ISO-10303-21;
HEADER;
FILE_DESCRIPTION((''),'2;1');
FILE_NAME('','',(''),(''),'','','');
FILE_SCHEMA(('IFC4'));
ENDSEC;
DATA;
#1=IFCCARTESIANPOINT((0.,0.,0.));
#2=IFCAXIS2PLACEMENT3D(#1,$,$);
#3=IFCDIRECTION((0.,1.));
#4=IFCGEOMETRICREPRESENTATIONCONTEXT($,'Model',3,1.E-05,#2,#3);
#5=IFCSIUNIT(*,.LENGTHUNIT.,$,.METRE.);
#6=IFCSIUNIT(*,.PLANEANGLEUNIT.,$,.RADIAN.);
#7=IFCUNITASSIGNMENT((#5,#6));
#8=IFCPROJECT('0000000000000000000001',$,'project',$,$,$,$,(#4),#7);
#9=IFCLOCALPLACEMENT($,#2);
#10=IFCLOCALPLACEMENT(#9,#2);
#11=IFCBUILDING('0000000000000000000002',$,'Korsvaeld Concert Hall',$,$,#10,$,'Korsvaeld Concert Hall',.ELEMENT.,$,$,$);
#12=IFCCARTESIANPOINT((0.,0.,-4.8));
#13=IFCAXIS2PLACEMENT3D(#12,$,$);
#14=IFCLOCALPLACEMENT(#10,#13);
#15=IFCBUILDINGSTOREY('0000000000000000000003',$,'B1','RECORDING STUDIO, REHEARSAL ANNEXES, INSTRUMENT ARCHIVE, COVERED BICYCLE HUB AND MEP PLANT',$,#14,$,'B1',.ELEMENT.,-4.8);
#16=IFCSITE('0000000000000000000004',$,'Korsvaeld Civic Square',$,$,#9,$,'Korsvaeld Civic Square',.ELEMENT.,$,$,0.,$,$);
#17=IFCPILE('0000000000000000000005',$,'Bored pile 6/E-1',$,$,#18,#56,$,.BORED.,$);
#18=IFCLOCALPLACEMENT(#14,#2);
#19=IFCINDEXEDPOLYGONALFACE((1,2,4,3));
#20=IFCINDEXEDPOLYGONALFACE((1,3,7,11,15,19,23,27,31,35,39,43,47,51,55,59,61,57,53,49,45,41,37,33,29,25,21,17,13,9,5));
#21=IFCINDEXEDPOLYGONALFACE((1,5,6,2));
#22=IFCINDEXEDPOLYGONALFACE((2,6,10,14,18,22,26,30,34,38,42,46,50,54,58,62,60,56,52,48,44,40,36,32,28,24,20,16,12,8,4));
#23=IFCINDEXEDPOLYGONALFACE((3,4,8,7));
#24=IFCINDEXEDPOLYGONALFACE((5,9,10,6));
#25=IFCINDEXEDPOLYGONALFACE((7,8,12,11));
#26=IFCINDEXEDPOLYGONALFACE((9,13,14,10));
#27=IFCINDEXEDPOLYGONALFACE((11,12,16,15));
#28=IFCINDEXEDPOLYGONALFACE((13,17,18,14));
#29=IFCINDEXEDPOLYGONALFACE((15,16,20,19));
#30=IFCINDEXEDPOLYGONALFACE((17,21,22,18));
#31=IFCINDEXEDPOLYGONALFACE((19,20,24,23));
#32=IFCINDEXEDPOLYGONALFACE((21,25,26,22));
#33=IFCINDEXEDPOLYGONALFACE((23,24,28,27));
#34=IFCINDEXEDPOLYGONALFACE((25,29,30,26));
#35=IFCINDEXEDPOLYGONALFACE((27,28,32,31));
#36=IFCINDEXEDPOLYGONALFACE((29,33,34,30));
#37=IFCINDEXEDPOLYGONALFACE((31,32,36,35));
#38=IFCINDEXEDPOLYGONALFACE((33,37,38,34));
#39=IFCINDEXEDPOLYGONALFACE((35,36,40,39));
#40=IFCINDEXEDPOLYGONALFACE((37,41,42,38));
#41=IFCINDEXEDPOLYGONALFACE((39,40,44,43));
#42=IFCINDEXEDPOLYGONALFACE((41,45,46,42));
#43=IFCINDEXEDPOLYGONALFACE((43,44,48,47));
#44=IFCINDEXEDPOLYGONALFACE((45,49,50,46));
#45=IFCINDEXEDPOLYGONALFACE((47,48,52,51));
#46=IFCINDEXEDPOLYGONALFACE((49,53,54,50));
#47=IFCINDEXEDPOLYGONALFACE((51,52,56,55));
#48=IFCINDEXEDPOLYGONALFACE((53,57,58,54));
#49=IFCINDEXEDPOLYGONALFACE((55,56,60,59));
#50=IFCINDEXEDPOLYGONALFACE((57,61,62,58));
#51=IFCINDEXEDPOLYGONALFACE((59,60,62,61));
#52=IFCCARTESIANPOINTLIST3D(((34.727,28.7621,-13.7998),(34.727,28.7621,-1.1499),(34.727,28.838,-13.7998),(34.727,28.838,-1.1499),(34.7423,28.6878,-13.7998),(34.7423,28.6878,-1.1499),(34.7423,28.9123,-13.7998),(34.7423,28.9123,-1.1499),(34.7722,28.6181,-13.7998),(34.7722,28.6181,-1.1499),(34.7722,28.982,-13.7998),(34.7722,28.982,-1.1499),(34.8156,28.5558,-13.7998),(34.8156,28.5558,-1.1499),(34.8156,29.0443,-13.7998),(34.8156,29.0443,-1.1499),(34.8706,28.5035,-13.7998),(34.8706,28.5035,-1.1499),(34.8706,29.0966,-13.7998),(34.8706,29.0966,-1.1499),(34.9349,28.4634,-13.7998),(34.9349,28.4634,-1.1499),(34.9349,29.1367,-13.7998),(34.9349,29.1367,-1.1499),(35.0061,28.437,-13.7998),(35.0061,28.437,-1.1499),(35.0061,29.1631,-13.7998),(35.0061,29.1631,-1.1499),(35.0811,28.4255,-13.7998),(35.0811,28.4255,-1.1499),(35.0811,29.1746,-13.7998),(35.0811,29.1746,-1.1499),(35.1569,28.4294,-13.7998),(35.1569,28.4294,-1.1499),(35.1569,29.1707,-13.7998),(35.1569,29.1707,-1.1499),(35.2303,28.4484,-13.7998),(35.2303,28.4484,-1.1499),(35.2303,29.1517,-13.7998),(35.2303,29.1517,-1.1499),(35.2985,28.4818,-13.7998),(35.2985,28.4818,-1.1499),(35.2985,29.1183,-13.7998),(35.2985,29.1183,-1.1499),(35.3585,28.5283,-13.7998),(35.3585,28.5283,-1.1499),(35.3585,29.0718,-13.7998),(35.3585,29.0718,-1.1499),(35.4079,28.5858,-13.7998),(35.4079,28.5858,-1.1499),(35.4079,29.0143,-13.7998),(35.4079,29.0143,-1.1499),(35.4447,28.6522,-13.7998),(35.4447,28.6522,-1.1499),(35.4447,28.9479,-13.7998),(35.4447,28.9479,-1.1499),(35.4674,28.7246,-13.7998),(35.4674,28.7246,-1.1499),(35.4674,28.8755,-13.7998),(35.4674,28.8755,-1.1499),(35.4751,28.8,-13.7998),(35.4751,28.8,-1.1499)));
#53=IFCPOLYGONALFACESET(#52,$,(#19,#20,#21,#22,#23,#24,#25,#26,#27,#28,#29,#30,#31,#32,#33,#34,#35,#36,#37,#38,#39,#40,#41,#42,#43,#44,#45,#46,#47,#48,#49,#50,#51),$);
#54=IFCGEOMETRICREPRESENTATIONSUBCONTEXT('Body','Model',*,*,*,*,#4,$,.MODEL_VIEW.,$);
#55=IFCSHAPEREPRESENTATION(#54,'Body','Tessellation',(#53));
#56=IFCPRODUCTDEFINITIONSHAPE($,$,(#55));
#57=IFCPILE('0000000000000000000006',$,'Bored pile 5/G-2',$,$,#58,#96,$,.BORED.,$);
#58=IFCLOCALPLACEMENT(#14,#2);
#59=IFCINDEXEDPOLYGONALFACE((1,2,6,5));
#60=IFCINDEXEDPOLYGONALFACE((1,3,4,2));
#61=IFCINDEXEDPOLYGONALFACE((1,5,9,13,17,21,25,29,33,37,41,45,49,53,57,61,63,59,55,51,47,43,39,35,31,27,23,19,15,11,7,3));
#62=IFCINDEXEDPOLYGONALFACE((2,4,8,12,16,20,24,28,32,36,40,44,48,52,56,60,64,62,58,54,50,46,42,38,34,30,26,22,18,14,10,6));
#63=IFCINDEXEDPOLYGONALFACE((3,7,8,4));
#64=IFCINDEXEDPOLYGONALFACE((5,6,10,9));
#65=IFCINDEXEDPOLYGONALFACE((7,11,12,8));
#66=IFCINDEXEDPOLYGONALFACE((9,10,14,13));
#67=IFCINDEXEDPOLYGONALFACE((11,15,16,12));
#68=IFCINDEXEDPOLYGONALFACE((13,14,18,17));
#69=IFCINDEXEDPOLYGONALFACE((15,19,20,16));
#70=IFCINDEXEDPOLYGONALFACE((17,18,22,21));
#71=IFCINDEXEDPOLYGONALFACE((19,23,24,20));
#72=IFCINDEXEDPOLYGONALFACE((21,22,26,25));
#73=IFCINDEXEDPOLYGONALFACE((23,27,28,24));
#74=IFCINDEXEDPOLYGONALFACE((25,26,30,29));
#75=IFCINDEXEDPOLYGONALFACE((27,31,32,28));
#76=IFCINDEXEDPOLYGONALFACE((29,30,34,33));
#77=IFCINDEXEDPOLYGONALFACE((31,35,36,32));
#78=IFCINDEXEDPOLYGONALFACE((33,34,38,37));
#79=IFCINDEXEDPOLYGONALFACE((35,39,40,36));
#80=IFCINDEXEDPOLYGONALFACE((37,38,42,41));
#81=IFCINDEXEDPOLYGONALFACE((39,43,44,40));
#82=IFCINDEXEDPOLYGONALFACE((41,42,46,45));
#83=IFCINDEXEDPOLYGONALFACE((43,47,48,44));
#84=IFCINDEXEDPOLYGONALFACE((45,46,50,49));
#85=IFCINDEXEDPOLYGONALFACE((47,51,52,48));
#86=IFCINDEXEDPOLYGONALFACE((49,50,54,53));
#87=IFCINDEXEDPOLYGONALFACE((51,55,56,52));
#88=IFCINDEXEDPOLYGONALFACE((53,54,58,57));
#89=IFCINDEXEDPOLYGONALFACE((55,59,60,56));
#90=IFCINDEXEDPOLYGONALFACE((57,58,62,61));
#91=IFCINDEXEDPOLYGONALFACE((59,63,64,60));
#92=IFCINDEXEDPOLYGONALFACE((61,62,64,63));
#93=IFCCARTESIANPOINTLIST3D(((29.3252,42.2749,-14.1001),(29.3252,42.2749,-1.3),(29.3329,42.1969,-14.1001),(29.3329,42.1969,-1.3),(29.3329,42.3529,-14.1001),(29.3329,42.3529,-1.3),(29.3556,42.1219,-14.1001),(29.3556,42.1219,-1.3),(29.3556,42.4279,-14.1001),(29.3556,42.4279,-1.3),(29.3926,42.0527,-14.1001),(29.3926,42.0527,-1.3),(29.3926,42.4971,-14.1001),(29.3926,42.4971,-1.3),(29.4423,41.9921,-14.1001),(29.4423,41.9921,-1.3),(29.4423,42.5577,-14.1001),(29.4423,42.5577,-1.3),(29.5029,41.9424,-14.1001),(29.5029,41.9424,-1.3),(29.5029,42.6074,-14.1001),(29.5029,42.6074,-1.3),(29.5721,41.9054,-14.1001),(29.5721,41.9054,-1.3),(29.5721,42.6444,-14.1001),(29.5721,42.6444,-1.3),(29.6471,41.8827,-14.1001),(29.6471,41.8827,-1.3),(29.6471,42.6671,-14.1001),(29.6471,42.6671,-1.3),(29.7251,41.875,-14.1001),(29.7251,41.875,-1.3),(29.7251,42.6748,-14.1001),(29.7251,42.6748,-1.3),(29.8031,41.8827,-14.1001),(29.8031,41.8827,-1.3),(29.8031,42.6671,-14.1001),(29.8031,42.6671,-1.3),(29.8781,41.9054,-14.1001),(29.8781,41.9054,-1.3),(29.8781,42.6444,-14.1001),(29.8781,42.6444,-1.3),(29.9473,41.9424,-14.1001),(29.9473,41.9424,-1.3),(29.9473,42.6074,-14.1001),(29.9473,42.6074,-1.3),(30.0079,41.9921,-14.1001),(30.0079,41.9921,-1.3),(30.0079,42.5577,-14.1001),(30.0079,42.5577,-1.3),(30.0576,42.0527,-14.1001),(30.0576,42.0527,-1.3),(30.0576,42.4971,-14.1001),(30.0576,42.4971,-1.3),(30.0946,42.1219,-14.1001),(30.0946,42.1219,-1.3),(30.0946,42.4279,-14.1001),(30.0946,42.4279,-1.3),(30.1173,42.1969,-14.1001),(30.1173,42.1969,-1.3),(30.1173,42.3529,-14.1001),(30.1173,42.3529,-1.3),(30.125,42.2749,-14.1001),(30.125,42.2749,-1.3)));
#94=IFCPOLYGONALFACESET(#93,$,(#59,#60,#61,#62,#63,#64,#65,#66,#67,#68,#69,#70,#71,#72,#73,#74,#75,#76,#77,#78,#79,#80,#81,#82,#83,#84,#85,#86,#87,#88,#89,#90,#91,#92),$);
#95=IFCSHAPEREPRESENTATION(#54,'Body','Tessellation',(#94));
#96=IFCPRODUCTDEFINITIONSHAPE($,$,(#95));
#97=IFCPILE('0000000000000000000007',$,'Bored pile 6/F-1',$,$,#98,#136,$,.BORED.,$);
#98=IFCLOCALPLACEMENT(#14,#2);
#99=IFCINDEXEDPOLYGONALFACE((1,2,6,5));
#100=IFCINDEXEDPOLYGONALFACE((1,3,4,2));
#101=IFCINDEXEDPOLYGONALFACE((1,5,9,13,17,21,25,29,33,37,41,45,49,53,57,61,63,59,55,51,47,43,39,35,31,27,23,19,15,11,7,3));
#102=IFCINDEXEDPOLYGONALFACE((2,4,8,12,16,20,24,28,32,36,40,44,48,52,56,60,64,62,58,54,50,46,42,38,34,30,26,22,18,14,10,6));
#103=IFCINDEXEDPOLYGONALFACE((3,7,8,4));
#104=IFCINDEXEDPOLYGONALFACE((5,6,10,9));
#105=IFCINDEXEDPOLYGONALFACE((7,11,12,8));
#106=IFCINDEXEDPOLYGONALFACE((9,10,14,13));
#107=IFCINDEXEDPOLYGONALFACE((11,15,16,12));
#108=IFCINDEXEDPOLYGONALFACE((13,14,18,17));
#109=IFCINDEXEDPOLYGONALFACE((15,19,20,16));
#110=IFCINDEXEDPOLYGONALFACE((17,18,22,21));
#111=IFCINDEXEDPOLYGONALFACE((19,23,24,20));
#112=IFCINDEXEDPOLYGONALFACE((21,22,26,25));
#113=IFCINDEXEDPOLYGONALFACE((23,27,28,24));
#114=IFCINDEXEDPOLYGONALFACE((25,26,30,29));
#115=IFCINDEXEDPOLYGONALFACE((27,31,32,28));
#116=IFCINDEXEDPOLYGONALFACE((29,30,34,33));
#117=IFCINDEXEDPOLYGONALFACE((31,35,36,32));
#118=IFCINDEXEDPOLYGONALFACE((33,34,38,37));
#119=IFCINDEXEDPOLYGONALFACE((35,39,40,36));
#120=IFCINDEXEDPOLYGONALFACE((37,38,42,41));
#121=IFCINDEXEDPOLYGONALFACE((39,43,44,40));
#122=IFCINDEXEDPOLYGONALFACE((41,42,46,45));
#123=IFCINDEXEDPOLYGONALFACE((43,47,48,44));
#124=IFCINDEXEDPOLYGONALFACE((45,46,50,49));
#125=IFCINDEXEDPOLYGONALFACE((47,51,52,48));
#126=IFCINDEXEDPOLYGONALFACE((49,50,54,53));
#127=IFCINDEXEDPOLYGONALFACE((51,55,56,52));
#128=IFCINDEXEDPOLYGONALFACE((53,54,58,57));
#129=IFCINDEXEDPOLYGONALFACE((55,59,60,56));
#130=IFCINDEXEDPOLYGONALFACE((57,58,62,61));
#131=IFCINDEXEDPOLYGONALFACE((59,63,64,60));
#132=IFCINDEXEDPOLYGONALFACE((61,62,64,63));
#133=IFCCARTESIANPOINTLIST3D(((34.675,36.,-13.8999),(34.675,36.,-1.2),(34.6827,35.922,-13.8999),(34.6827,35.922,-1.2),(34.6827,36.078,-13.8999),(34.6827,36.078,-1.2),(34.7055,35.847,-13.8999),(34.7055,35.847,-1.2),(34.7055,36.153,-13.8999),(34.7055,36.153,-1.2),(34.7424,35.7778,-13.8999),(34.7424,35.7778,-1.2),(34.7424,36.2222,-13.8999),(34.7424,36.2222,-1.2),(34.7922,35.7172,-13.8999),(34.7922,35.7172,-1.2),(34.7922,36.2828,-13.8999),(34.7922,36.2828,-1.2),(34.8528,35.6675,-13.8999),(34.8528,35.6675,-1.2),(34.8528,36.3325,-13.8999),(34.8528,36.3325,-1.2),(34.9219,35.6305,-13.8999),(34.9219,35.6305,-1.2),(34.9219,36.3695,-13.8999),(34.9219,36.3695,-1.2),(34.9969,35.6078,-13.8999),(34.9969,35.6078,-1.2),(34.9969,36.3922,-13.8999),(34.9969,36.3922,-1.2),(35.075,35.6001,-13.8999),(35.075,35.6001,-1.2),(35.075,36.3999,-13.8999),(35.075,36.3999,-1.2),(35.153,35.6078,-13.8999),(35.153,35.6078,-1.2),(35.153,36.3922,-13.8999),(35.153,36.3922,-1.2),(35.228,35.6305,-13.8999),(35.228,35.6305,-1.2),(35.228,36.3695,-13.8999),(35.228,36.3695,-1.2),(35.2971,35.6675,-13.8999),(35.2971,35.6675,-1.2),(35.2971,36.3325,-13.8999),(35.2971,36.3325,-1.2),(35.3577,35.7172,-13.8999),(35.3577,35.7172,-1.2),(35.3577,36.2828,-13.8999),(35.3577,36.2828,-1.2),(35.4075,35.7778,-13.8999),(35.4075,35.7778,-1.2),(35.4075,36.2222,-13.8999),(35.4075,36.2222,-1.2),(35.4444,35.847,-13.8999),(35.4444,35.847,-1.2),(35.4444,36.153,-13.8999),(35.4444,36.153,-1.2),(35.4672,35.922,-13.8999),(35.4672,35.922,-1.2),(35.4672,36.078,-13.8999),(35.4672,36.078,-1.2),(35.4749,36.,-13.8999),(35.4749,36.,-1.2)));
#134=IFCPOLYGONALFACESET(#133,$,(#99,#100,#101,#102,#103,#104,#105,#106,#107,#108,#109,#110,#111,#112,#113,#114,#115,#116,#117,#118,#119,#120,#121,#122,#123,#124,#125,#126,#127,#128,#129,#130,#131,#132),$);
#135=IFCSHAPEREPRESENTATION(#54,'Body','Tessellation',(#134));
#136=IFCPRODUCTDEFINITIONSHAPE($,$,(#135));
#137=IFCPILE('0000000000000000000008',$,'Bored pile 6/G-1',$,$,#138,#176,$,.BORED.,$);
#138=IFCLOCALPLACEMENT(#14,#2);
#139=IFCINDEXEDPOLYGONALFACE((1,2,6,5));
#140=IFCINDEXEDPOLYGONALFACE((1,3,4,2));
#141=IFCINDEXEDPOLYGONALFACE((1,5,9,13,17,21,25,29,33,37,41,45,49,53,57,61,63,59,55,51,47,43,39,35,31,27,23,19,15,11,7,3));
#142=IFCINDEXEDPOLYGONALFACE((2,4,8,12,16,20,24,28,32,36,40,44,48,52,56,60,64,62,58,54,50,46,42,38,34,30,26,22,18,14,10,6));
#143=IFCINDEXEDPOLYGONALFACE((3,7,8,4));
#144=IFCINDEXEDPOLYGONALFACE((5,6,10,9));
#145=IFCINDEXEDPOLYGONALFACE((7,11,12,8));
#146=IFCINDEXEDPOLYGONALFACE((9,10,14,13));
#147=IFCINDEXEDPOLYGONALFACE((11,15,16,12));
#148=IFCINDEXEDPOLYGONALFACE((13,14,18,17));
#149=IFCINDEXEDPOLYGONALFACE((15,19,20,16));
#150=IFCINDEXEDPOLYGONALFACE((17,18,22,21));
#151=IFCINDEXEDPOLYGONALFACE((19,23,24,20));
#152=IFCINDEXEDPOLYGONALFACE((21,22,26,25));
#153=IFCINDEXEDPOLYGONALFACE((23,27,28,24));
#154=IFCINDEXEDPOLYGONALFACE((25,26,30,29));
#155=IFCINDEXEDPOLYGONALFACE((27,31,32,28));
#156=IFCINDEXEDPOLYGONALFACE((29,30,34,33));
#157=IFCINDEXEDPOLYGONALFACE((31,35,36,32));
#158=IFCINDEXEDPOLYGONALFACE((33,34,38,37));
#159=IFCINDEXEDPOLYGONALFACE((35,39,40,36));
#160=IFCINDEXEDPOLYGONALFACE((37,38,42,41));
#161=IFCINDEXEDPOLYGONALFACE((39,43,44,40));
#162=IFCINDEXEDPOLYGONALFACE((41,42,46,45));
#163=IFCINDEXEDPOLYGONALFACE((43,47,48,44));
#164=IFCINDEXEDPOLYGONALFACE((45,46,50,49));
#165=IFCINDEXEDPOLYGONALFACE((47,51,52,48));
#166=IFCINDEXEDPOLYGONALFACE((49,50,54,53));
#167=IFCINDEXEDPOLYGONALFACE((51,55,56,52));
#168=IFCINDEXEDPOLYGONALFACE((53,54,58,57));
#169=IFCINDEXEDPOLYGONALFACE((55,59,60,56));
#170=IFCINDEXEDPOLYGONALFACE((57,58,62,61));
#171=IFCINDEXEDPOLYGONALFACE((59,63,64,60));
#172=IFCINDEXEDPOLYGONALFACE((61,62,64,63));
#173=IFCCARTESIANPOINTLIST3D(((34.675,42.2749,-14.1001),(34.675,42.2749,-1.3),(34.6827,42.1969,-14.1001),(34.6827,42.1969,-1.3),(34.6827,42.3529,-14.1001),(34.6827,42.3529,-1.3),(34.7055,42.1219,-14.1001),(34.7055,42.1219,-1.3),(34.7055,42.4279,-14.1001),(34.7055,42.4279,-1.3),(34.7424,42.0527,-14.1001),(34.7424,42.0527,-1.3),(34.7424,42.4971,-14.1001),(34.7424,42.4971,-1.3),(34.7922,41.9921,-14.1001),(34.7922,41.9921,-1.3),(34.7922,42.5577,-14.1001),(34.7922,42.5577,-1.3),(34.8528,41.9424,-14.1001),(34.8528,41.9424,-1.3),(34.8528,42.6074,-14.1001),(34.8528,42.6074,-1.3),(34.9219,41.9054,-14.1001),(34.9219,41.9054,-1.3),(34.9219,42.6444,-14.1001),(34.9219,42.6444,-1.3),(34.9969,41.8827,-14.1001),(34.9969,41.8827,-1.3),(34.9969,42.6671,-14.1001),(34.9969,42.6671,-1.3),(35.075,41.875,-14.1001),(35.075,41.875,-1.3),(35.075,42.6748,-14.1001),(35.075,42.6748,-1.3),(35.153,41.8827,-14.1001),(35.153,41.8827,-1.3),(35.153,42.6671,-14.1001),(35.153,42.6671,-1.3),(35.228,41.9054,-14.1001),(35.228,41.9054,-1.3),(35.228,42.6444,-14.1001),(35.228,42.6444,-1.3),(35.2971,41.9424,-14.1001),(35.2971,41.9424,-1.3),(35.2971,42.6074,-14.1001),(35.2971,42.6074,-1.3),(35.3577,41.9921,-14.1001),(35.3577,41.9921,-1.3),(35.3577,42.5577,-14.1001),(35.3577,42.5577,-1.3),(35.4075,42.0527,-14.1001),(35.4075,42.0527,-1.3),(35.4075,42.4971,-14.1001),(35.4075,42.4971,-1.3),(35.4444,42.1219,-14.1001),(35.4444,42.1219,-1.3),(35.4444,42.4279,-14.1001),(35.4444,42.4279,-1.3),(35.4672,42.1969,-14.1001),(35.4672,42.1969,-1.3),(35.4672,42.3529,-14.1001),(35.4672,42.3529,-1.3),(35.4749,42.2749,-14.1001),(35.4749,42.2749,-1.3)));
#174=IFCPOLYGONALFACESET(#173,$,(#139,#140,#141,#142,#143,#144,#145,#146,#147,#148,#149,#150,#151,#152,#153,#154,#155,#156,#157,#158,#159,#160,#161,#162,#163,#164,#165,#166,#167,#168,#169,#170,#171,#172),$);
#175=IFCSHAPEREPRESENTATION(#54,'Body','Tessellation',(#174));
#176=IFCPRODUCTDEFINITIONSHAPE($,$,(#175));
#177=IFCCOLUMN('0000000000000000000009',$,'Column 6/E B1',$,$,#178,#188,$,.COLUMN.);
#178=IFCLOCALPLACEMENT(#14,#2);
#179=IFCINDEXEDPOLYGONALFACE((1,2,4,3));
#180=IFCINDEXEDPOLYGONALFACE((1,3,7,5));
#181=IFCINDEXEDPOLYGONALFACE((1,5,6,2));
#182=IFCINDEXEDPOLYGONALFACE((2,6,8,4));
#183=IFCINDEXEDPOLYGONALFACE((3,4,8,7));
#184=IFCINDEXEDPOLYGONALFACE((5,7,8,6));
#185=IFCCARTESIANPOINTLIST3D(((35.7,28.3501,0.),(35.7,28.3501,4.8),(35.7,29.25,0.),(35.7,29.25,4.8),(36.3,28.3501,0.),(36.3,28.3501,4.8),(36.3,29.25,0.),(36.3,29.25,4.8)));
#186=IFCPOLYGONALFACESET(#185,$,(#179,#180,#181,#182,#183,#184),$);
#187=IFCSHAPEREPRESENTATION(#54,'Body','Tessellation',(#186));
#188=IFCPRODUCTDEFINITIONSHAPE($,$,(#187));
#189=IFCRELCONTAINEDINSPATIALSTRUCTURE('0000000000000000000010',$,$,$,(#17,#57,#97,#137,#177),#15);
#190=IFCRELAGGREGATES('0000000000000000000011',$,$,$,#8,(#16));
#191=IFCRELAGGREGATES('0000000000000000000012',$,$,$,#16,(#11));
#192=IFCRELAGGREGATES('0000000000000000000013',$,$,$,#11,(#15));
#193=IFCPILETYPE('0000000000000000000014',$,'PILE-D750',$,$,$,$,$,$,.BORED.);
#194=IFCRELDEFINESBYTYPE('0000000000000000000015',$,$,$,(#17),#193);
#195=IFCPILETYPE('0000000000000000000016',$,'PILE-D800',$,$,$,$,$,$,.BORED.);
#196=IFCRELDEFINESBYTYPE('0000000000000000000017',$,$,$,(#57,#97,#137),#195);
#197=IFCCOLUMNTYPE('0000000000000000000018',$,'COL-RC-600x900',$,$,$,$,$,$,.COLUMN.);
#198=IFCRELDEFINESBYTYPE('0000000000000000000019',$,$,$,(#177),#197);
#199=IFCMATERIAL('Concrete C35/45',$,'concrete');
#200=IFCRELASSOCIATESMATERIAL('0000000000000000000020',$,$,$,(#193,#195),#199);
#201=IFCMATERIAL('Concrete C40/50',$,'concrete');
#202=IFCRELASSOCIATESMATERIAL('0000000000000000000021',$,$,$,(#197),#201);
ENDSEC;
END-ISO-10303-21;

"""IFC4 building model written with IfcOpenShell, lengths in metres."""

from ifc_helpers import new_model, si_unit, direction, frame, origin, origin_2d, place, context, subcontext, project, spatial, rectangle, circle, extrude, material, material_profile, profile_set, type_object, element, save


model = new_model("IFC4")

# Units and contexts
model_context = context("Model", 3, precision=1e-05, world=origin(), true_north=direction((0.0, 1.0)))
body_context = subcontext(model_context, "Body", "Model", "MODEL_VIEW")
ifc_project = project(units=[si_unit("LENGTHUNIT", "METRE"), si_unit("PLANEANGLEUNIT", "RADIAN")], contexts=[model_context])

# Site, building, storey
site_placement = place(None, origin())
site = spatial("IfcSite", under=ifc_project, at=site_placement, Name="Korsvaeld Civic Square", LongName="Korsvaeld Civic Square", CompositionType="ELEMENT", RefElevation=0.0)
building_placement = place(site_placement, origin())
building = spatial("IfcBuilding", under=site, at=building_placement, Name="Korsvaeld Concert Hall", LongName="Korsvaeld Concert Hall", CompositionType="ELEMENT")
storey_placement = place(building_placement, frame((0.0, 0.0, -4.8)))
storey = spatial("IfcBuildingStorey", under=building, at=storey_placement, Name="B1", Description="RECORDING STUDIO, REHEARSAL ANNEXES, INSTRUMENT ARCHIVE, COVERED BICYCLE HUB AND MEP PLANT", LongName="B1", CompositionType="ELEMENT", Elevation=-4.8)

# Shared definitions
ifc_material_1 = material(Name="Concrete C35/45", Category="concrete")

# Piles
ifc_material_profile_1 = material_profile(ifc_material_1, circle(Radius=0.375, at=origin_2d()), Name="BORED PILE D750")
ifc_profile_set_1 = profile_set([ifc_material_profile_1], Name="Concrete C35/45")
pile_type_1 = type_object("IfcPileType", Name="PILE-D750", PredefinedType="BORED", material=ifc_profile_set_1)
for number, where, z_axis, x_axis, name in (
    (1, (35.1001, 28.8, -1.1499), (0.0, 0.0, -1.0), (1.0, 0.0, 0.0), "Bored pile 6/E-1"),
):
    element("IfcPile", number, at=place(storey_placement, frame(where, z_axis=z_axis, x_axis=x_axis)), inside=storey, type_object=pile_type_1, Name=name, PredefinedType="BORED", context=body_context, shape_type="SweptSolid", body=[
        extrude(circle(Radius=0.375, at=origin_2d()), origin(), (0.0, 0.0, 1.0), 12.6499),
    ])
ifc_material_profile_2 = material_profile(ifc_material_1, circle(Radius=0.3999, at=origin_2d()), Name="BORED PILE D800")
ifc_profile_set_2 = profile_set([ifc_material_profile_2], Name="Concrete C35/45")
pile_type_2 = type_object("IfcPileType", Name="PILE-D800", PredefinedType="BORED", material=ifc_profile_set_2)
pile_1_placement = place(storey_placement, frame((29.7251, 42.2749, -1.3), z_axis=(0.0, 0.0, -1.0), x_axis=(1.0, 0.0, 0.0)))
element("IfcPile", 2, at=pile_1_placement, inside=storey, type_object=pile_type_2, Name="Bored pile 5/G-2", PredefinedType="BORED", context=body_context, shape_type="SweptSolid", body=[
    extrude(circle(Radius=0.3999, at=origin_2d()), origin(), (0.0, 0.0, 1.0), 12.8),
])
pile_2_placement = place(storey_placement, frame((35.075, 36.0, -1.2), z_axis=(0.0, 0.0, -1.0), x_axis=(1.0, 0.0, 0.0)))
element("IfcPile", 3, at=pile_2_placement, inside=storey, type_object=pile_type_2, Name="Bored pile 6/F-1", PredefinedType="BORED", context=body_context, shape_type="SweptSolid", body=[
    extrude(circle(Radius=0.3999, at=origin_2d()), origin(), (0.0, 0.0, 1.0), 12.7),
])
pile_3_placement = place(storey_placement, frame((35.075, 42.2749, -1.3), z_axis=(0.0, 0.0, -1.0), x_axis=(1.0, 0.0, 0.0)))
element("IfcPile", 4, at=pile_3_placement, inside=storey, type_object=pile_type_2, Name="Bored pile 6/G-1", PredefinedType="BORED", context=body_context, shape_type="SweptSolid", body=[
    extrude(circle(Radius=0.3999, at=origin_2d()), origin(), (0.0, 0.0, 1.0), 12.8),
])

# Column
ifc_material_2 = material(Name="Concrete C40/50", Category="concrete")
ifc_material_profile_3 = material_profile(ifc_material_2, rectangle(XDim=0.6001, YDim=0.8999, at=origin_2d()), Name="RC 600x900")
ifc_profile_set_3 = profile_set([ifc_material_profile_3], Name="Concrete C40/50")
column_type_1 = type_object("IfcColumnType", Name="COL-RC-600x900", PredefinedType="COLUMN", material=ifc_profile_set_3)
column_1_placement = place(storey_placement, frame((36.0, 28.8, 0.0), z_axis=(0.0, 0.0, 1.0), x_axis=(1.0, 0.0, 0.0)))
element("IfcColumn", 5, at=column_1_placement, inside=storey, type_object=column_type_1, Name="Column 6/E B1", PredefinedType="COLUMN", context=body_context, shape_type="SweptSolid", body=[
    extrude(rectangle(XDim=0.6001, YDim=0.8999, at=origin_2d()), origin(), (0.0, 0.0, 1.0), 4.8),
])

save(model, "model.ifc")
